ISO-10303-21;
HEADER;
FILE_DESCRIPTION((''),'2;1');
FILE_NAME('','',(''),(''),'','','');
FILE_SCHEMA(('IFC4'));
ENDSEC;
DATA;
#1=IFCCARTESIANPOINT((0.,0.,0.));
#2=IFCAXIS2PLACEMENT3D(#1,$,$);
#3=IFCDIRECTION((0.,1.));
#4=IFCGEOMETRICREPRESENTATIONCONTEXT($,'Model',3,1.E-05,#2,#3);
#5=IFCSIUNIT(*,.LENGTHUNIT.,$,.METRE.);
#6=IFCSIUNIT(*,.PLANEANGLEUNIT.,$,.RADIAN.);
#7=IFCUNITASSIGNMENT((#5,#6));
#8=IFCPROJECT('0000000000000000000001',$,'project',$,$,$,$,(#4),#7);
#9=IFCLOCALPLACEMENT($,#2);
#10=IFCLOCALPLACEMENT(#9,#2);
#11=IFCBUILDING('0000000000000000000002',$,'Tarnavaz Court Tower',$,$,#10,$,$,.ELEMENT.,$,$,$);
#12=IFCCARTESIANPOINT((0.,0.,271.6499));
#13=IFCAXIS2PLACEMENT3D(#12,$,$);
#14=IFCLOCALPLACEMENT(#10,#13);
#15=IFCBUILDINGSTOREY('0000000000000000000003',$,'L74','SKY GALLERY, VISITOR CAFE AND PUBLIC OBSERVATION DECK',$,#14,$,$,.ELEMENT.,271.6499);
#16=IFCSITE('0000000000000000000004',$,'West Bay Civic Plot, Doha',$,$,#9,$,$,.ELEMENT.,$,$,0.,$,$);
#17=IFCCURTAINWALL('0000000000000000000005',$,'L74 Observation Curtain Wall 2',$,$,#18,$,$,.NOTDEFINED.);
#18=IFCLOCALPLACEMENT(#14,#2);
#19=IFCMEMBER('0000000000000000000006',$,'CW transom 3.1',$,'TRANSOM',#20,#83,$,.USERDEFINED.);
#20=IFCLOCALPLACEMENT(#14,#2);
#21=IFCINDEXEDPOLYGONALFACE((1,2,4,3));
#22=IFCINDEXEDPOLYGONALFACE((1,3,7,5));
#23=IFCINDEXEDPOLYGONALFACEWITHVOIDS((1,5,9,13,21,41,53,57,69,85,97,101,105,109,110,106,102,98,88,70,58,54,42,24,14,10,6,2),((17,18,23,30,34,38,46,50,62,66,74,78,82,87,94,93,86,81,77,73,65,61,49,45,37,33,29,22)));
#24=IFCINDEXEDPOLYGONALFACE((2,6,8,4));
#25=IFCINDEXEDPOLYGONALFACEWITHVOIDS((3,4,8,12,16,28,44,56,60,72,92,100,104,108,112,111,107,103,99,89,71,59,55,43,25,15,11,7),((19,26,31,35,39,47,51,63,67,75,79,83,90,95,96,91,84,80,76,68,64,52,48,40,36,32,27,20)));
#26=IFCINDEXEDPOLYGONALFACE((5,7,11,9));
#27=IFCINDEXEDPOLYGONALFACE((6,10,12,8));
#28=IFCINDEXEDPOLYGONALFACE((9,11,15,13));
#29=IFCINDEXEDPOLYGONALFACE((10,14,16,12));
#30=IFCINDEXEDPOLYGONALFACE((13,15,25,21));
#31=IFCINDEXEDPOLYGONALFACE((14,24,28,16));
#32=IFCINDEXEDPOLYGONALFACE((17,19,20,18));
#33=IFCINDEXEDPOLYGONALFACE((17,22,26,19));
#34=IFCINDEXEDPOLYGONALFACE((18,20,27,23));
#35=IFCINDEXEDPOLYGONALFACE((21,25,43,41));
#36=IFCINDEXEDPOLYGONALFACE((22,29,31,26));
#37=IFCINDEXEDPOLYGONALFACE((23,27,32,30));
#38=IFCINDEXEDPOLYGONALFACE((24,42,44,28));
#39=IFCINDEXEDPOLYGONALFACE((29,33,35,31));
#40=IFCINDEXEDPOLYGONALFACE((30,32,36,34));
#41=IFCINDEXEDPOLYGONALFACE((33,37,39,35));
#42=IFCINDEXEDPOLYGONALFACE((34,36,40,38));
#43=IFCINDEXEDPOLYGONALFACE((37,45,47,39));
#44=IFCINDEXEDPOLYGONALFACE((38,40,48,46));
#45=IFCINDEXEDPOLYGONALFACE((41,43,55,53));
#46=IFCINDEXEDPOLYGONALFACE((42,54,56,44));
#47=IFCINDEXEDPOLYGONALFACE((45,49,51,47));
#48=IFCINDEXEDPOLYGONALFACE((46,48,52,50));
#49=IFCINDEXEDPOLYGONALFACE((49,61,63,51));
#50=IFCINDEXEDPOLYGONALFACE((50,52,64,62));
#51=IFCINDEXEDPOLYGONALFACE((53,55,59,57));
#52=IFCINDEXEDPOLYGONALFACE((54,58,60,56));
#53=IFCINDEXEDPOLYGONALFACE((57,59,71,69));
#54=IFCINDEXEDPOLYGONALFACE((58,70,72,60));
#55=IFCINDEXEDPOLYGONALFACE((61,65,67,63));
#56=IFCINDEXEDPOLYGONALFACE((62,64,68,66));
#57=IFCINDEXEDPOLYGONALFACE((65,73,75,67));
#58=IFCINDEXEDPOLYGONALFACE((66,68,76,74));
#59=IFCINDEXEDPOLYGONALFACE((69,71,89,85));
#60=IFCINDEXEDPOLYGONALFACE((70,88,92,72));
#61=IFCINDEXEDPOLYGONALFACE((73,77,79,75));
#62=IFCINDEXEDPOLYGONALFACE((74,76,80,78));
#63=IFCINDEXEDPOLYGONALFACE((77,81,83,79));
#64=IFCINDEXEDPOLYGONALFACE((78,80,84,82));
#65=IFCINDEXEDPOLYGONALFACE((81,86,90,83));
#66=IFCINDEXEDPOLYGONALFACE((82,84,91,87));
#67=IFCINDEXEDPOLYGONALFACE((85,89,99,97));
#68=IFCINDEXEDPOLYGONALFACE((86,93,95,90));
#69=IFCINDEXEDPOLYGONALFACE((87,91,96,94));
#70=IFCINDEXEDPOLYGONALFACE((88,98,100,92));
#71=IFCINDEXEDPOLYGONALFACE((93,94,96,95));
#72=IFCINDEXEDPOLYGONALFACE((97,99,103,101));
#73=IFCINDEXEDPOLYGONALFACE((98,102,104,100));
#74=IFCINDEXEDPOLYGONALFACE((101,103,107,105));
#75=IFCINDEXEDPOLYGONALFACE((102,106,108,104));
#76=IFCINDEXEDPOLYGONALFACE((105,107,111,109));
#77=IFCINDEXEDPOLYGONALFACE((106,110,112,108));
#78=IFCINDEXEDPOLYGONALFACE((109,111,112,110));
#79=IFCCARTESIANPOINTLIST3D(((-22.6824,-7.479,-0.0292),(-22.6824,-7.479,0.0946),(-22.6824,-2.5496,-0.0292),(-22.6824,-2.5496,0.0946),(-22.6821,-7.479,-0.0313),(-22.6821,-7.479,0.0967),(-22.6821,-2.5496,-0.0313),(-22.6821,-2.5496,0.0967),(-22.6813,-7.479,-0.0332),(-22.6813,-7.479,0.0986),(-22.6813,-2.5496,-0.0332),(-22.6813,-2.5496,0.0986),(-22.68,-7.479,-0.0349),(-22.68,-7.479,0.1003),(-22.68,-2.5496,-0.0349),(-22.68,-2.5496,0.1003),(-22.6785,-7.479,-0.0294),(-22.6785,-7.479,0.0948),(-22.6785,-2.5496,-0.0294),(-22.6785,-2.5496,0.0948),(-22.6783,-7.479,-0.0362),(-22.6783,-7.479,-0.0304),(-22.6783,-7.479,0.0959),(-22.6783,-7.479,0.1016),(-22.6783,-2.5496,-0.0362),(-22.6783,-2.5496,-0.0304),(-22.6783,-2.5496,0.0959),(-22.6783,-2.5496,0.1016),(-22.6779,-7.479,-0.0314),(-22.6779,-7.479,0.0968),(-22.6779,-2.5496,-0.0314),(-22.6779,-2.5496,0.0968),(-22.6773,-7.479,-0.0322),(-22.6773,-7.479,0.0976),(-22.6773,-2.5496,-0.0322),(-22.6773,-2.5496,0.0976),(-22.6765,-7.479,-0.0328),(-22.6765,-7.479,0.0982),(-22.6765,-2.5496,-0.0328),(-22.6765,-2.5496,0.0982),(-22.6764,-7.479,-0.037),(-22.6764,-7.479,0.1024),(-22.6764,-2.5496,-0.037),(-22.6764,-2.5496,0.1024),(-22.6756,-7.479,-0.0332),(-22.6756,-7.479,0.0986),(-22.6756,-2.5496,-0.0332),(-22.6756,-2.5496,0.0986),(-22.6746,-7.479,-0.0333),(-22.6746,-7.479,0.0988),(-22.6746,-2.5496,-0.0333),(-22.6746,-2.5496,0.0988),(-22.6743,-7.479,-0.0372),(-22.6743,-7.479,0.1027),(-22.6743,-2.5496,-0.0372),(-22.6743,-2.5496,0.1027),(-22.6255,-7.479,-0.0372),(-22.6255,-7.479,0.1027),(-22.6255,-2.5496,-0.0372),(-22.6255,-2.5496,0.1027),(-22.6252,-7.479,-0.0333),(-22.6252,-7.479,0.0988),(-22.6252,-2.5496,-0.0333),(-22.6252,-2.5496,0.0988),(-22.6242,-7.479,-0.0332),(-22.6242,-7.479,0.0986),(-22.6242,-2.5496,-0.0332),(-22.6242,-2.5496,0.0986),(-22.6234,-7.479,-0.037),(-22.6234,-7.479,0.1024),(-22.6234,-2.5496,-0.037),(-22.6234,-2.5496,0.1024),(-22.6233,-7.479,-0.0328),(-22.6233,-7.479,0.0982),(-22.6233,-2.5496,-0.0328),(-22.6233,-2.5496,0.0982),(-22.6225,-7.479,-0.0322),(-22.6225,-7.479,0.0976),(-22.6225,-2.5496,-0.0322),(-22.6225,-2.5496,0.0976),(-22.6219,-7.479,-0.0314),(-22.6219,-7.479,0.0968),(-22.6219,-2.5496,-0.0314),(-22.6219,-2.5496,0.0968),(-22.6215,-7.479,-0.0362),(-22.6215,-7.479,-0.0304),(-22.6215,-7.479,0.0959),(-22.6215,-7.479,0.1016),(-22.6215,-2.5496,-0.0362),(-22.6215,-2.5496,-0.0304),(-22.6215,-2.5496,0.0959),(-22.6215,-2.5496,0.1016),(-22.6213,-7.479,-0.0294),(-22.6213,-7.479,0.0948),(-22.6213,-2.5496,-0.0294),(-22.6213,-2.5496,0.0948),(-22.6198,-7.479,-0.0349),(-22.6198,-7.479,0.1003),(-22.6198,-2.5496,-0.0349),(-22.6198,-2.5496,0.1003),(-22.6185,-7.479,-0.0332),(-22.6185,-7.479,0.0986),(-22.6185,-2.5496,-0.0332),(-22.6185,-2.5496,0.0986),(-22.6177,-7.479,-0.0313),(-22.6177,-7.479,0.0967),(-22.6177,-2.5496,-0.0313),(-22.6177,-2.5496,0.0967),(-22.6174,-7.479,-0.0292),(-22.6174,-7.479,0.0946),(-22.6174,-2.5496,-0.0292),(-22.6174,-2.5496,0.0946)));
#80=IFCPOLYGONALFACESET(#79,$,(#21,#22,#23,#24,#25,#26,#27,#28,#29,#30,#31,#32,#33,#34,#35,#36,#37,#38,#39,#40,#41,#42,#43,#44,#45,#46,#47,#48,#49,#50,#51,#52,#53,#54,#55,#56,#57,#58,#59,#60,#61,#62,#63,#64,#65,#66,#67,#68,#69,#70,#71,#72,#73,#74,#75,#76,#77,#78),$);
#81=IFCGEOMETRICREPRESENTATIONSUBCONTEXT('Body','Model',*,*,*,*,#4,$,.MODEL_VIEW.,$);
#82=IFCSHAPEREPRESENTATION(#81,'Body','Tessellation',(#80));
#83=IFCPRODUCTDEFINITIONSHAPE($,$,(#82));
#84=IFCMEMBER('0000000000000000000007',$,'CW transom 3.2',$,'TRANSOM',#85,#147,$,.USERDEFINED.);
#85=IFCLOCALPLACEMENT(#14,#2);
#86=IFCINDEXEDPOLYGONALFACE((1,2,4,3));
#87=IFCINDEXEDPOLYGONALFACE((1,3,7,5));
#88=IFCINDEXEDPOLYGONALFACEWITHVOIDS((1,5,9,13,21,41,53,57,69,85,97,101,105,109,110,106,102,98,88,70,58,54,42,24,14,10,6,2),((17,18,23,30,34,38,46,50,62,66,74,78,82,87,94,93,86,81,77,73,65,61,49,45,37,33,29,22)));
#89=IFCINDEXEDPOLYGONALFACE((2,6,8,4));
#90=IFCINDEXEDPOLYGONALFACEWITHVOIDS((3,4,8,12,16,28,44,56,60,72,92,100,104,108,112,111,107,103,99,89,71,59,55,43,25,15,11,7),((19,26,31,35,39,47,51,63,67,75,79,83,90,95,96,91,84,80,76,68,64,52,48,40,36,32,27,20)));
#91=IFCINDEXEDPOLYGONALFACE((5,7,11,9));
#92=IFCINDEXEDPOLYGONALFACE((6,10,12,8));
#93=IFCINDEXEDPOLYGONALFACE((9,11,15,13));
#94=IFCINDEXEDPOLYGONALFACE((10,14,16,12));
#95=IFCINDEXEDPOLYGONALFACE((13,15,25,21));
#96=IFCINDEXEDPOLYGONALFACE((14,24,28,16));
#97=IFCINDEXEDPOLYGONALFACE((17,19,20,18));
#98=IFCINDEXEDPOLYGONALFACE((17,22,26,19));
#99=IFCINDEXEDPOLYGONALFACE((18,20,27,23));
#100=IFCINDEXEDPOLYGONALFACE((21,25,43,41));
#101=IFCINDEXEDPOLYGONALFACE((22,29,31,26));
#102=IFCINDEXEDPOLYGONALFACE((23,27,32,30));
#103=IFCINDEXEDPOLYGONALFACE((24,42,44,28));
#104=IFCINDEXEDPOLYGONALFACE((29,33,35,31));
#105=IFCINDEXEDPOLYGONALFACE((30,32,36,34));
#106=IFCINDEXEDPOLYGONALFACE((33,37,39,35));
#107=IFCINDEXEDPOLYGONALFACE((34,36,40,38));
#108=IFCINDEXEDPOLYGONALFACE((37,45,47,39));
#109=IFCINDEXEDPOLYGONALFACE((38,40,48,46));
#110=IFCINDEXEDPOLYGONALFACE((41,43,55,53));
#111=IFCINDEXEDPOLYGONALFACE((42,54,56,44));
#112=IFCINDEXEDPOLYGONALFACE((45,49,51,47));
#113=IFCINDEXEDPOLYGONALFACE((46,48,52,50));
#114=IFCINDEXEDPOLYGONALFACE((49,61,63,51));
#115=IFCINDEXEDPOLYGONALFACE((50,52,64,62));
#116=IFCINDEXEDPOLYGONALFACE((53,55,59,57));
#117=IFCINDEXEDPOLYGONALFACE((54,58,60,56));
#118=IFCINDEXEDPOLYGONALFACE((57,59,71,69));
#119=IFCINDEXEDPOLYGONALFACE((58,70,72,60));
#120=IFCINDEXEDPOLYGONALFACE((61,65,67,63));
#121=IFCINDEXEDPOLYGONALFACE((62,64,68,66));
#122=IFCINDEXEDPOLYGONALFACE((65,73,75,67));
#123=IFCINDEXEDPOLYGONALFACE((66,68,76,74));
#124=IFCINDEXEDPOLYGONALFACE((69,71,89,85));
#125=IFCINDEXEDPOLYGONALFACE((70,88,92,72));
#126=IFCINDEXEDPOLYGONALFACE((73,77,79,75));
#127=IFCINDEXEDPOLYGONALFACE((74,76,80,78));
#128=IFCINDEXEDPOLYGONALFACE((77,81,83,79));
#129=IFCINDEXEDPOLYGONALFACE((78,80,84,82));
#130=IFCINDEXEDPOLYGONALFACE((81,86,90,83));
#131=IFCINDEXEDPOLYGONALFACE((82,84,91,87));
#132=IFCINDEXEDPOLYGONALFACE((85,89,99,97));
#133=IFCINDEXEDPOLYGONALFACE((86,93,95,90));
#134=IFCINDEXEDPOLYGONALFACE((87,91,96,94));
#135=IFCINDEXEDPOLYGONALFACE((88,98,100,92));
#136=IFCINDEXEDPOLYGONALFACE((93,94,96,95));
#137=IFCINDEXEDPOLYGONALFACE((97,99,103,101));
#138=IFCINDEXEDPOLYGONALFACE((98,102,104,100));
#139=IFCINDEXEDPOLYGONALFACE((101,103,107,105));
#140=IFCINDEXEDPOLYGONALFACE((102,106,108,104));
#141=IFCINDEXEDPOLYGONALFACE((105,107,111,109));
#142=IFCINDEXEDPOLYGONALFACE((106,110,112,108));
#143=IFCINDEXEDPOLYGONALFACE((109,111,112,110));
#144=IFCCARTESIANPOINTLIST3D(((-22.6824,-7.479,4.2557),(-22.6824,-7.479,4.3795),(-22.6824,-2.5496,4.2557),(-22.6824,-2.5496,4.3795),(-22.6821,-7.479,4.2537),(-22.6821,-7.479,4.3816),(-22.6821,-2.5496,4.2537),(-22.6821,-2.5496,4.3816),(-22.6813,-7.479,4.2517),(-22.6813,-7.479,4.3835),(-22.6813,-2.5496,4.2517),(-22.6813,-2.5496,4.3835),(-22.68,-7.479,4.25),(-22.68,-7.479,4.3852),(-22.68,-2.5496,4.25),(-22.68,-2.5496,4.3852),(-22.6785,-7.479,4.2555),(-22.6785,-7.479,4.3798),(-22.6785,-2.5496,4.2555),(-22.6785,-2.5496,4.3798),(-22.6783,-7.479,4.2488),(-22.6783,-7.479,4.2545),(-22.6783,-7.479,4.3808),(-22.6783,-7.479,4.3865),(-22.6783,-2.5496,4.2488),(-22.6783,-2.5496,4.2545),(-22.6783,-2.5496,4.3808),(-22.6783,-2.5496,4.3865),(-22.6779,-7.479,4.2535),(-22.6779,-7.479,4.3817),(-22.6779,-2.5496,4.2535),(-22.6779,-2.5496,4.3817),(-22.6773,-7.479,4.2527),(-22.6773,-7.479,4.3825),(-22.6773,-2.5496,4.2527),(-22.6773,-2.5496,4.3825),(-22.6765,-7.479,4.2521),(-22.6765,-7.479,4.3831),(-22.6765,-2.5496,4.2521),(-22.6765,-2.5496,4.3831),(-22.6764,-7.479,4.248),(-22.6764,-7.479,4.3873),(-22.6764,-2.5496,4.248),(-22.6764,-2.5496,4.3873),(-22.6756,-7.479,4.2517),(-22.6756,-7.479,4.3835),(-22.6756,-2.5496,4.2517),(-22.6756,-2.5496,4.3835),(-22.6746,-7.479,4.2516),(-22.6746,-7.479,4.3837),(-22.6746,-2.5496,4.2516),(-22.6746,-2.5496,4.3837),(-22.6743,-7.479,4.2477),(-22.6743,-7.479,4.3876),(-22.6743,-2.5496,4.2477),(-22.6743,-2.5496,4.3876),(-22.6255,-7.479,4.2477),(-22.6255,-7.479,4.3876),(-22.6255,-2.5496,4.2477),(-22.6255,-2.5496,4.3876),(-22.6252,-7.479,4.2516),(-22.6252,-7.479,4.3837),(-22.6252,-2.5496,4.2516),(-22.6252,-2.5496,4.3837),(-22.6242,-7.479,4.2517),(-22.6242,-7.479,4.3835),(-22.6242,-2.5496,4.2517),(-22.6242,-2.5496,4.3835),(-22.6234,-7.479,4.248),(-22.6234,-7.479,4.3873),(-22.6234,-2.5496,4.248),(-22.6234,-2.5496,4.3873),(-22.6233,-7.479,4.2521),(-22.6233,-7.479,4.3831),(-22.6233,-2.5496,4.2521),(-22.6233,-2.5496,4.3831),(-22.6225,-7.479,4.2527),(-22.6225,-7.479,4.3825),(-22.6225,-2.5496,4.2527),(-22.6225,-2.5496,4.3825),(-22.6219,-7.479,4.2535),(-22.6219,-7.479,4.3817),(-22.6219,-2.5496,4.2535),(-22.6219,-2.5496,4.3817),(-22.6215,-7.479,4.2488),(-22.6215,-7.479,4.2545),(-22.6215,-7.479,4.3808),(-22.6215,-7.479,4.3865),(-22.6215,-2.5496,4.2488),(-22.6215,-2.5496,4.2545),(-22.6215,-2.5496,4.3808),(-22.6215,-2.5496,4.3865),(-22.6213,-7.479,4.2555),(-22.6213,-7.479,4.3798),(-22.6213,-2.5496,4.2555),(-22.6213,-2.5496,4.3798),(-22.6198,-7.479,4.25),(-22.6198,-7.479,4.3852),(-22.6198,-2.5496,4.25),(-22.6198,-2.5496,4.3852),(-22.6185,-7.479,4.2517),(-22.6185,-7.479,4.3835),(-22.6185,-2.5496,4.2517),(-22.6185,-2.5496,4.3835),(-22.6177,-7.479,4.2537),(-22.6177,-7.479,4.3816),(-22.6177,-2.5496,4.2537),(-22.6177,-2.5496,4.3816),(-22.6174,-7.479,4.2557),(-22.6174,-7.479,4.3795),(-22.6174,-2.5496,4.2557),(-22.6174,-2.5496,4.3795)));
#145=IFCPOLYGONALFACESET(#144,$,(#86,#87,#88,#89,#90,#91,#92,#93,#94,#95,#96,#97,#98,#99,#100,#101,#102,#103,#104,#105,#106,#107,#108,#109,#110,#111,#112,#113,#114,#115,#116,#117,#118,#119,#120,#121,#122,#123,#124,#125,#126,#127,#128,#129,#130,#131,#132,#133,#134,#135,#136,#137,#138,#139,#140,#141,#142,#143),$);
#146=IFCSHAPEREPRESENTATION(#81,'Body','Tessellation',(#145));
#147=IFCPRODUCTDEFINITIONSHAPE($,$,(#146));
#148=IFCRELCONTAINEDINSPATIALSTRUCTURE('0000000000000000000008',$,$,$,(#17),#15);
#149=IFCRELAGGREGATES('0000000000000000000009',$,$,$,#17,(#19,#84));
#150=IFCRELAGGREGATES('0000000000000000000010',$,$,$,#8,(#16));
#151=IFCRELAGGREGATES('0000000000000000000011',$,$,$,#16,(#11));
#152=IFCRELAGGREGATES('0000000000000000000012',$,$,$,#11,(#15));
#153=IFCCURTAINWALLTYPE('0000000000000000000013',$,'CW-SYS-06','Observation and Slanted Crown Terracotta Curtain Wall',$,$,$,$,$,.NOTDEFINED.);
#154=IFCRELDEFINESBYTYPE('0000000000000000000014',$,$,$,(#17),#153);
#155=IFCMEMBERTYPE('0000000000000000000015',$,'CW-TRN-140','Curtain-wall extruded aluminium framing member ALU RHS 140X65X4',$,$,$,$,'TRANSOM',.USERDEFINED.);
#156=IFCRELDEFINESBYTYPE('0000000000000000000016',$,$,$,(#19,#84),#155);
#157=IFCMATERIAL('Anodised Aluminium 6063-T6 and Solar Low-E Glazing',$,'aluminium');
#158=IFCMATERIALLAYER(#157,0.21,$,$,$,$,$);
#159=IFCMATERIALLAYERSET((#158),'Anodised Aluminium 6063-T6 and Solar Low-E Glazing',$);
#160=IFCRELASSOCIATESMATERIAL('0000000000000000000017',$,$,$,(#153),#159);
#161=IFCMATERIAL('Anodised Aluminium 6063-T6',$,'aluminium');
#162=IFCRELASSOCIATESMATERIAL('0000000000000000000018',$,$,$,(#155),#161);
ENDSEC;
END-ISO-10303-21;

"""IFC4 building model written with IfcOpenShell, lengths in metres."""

from ifc_helpers import new_model, si_unit, direction, frame, origin, origin_2d, place, context, subcontext, project, spatial, hollow_rectangle, extrude, material, layer, layer_set, material_profile, profile_set, type_object, element, aggregate, save


model = new_model("IFC4")

# Units and contexts
model_context = context("Model", 3, precision=1e-05, world=origin(), true_north=direction((0.0, 1.0)))
body_context = subcontext(model_context, "Body", "Model", "MODEL_VIEW")
ifc_project = project(units=[si_unit("LENGTHUNIT", "METRE"), si_unit("PLANEANGLEUNIT", "RADIAN")], contexts=[model_context])

# Site, building, storey
site_placement = place(None, origin())
site = spatial("IfcSite", under=ifc_project, at=site_placement, Name="West Bay Civic Plot, Doha", CompositionType="ELEMENT", RefElevation=0.0)
building_placement = place(site_placement, origin())
building = spatial("IfcBuilding", under=site, at=building_placement, Name="Tarnavaz Court Tower", CompositionType="ELEMENT")
storey_placement = place(building_placement, frame((0.0, 0.0, 271.6499)))
storey = spatial("IfcBuildingStorey", under=building, at=storey_placement, Name="L74", Description="SKY GALLERY, VISITOR CAFE AND PUBLIC OBSERVATION DECK", CompositionType="ELEMENT", Elevation=271.6499)

# Curtain wall, members
ifc_material_1 = material(Name="Anodised Aluminium 6063-T6 and Solar Low-E Glazing", Category="aluminium")
ifc_layer_1 = layer(ifc_material_1, 0.21)
ifc_layer_set_1 = layer_set([ifc_layer_1], Name="Anodised Aluminium 6063-T6 and Solar Low-E Glazing")
curtain_wall_type = type_object("IfcCurtainWallType", Name="CW-SYS-06", Description="Observation and Slanted Crown Terracotta Curtain Wall", PredefinedType="NOTDEFINED", material=ifc_layer_set_1)
curtain_wall_placement = place(storey_placement, origin())
curtain_wall = element("IfcCurtainWall", 1, at=curtain_wall_placement, inside=storey, type_object=curtain_wall_type, Name="L74 Observation Curtain Wall 2", PredefinedType="NOTDEFINED")
ifc_material_2 = material(Name="Anodised Aluminium 6063-T6", Category="aluminium")
ifc_material_profile_1 = material_profile(ifc_material_2, hollow_rectangle(XDim=0.0649, YDim=0.1399, WallThickness=0.0039, InnerFilletRadius=0.0039, OuterFilletRadius=0.0081, at=origin_2d()), Name="ALU RHS 140X65X4")
ifc_profile_set_1 = profile_set([ifc_material_profile_1], Name="Anodised Aluminium 6063-T6")
member_type_1 = type_object("IfcMemberType", Name="CW-TRN-140", Description="Curtain-wall extruded aluminium framing member ALU RHS 140X65X4", ElementType="TRANSOM", PredefinedType="USERDEFINED", material=ifc_profile_set_1)
member_1_placement = place(storey_placement, frame((-22.6499, -7.479, 0.0327), z_axis=(0.0, 1.0, 0.0), x_axis=(-1.0, 0.0, 0.0)))
member_1 = element("IfcMember", 2, at=member_1_placement, type_object=member_type_1, Name="CW transom 3.1", ObjectType="TRANSOM", PredefinedType="USERDEFINED", context=body_context, shape_type="SweptSolid", body=[
    extrude(hollow_rectangle(XDim=0.0649, YDim=0.1399, WallThickness=0.0039, InnerFilletRadius=0.0039, OuterFilletRadius=0.0081, at=origin_2d()), origin(), (0.0, 0.0, 1.0), 4.9294),
])
member_2_placement = place(storey_placement, frame((-22.6499, -7.479, 4.3176), z_axis=(0.0, 1.0, 0.0), x_axis=(-1.0, 0.0, 0.0)))
member_2 = element("IfcMember", 3, at=member_2_placement, type_object=member_type_1, Name="CW transom 3.2", ObjectType="TRANSOM", PredefinedType="USERDEFINED", context=body_context, shape_type="SweptSolid", body=[
    extrude(hollow_rectangle(XDim=0.0649, YDim=0.1399, WallThickness=0.0039, InnerFilletRadius=0.0039, OuterFilletRadius=0.0081, at=origin_2d()), origin(), (0.0, 0.0, 1.0), 4.9294),
])
aggregate(curtain_wall, [member_1, member_2])

save(model, "model.ifc")
